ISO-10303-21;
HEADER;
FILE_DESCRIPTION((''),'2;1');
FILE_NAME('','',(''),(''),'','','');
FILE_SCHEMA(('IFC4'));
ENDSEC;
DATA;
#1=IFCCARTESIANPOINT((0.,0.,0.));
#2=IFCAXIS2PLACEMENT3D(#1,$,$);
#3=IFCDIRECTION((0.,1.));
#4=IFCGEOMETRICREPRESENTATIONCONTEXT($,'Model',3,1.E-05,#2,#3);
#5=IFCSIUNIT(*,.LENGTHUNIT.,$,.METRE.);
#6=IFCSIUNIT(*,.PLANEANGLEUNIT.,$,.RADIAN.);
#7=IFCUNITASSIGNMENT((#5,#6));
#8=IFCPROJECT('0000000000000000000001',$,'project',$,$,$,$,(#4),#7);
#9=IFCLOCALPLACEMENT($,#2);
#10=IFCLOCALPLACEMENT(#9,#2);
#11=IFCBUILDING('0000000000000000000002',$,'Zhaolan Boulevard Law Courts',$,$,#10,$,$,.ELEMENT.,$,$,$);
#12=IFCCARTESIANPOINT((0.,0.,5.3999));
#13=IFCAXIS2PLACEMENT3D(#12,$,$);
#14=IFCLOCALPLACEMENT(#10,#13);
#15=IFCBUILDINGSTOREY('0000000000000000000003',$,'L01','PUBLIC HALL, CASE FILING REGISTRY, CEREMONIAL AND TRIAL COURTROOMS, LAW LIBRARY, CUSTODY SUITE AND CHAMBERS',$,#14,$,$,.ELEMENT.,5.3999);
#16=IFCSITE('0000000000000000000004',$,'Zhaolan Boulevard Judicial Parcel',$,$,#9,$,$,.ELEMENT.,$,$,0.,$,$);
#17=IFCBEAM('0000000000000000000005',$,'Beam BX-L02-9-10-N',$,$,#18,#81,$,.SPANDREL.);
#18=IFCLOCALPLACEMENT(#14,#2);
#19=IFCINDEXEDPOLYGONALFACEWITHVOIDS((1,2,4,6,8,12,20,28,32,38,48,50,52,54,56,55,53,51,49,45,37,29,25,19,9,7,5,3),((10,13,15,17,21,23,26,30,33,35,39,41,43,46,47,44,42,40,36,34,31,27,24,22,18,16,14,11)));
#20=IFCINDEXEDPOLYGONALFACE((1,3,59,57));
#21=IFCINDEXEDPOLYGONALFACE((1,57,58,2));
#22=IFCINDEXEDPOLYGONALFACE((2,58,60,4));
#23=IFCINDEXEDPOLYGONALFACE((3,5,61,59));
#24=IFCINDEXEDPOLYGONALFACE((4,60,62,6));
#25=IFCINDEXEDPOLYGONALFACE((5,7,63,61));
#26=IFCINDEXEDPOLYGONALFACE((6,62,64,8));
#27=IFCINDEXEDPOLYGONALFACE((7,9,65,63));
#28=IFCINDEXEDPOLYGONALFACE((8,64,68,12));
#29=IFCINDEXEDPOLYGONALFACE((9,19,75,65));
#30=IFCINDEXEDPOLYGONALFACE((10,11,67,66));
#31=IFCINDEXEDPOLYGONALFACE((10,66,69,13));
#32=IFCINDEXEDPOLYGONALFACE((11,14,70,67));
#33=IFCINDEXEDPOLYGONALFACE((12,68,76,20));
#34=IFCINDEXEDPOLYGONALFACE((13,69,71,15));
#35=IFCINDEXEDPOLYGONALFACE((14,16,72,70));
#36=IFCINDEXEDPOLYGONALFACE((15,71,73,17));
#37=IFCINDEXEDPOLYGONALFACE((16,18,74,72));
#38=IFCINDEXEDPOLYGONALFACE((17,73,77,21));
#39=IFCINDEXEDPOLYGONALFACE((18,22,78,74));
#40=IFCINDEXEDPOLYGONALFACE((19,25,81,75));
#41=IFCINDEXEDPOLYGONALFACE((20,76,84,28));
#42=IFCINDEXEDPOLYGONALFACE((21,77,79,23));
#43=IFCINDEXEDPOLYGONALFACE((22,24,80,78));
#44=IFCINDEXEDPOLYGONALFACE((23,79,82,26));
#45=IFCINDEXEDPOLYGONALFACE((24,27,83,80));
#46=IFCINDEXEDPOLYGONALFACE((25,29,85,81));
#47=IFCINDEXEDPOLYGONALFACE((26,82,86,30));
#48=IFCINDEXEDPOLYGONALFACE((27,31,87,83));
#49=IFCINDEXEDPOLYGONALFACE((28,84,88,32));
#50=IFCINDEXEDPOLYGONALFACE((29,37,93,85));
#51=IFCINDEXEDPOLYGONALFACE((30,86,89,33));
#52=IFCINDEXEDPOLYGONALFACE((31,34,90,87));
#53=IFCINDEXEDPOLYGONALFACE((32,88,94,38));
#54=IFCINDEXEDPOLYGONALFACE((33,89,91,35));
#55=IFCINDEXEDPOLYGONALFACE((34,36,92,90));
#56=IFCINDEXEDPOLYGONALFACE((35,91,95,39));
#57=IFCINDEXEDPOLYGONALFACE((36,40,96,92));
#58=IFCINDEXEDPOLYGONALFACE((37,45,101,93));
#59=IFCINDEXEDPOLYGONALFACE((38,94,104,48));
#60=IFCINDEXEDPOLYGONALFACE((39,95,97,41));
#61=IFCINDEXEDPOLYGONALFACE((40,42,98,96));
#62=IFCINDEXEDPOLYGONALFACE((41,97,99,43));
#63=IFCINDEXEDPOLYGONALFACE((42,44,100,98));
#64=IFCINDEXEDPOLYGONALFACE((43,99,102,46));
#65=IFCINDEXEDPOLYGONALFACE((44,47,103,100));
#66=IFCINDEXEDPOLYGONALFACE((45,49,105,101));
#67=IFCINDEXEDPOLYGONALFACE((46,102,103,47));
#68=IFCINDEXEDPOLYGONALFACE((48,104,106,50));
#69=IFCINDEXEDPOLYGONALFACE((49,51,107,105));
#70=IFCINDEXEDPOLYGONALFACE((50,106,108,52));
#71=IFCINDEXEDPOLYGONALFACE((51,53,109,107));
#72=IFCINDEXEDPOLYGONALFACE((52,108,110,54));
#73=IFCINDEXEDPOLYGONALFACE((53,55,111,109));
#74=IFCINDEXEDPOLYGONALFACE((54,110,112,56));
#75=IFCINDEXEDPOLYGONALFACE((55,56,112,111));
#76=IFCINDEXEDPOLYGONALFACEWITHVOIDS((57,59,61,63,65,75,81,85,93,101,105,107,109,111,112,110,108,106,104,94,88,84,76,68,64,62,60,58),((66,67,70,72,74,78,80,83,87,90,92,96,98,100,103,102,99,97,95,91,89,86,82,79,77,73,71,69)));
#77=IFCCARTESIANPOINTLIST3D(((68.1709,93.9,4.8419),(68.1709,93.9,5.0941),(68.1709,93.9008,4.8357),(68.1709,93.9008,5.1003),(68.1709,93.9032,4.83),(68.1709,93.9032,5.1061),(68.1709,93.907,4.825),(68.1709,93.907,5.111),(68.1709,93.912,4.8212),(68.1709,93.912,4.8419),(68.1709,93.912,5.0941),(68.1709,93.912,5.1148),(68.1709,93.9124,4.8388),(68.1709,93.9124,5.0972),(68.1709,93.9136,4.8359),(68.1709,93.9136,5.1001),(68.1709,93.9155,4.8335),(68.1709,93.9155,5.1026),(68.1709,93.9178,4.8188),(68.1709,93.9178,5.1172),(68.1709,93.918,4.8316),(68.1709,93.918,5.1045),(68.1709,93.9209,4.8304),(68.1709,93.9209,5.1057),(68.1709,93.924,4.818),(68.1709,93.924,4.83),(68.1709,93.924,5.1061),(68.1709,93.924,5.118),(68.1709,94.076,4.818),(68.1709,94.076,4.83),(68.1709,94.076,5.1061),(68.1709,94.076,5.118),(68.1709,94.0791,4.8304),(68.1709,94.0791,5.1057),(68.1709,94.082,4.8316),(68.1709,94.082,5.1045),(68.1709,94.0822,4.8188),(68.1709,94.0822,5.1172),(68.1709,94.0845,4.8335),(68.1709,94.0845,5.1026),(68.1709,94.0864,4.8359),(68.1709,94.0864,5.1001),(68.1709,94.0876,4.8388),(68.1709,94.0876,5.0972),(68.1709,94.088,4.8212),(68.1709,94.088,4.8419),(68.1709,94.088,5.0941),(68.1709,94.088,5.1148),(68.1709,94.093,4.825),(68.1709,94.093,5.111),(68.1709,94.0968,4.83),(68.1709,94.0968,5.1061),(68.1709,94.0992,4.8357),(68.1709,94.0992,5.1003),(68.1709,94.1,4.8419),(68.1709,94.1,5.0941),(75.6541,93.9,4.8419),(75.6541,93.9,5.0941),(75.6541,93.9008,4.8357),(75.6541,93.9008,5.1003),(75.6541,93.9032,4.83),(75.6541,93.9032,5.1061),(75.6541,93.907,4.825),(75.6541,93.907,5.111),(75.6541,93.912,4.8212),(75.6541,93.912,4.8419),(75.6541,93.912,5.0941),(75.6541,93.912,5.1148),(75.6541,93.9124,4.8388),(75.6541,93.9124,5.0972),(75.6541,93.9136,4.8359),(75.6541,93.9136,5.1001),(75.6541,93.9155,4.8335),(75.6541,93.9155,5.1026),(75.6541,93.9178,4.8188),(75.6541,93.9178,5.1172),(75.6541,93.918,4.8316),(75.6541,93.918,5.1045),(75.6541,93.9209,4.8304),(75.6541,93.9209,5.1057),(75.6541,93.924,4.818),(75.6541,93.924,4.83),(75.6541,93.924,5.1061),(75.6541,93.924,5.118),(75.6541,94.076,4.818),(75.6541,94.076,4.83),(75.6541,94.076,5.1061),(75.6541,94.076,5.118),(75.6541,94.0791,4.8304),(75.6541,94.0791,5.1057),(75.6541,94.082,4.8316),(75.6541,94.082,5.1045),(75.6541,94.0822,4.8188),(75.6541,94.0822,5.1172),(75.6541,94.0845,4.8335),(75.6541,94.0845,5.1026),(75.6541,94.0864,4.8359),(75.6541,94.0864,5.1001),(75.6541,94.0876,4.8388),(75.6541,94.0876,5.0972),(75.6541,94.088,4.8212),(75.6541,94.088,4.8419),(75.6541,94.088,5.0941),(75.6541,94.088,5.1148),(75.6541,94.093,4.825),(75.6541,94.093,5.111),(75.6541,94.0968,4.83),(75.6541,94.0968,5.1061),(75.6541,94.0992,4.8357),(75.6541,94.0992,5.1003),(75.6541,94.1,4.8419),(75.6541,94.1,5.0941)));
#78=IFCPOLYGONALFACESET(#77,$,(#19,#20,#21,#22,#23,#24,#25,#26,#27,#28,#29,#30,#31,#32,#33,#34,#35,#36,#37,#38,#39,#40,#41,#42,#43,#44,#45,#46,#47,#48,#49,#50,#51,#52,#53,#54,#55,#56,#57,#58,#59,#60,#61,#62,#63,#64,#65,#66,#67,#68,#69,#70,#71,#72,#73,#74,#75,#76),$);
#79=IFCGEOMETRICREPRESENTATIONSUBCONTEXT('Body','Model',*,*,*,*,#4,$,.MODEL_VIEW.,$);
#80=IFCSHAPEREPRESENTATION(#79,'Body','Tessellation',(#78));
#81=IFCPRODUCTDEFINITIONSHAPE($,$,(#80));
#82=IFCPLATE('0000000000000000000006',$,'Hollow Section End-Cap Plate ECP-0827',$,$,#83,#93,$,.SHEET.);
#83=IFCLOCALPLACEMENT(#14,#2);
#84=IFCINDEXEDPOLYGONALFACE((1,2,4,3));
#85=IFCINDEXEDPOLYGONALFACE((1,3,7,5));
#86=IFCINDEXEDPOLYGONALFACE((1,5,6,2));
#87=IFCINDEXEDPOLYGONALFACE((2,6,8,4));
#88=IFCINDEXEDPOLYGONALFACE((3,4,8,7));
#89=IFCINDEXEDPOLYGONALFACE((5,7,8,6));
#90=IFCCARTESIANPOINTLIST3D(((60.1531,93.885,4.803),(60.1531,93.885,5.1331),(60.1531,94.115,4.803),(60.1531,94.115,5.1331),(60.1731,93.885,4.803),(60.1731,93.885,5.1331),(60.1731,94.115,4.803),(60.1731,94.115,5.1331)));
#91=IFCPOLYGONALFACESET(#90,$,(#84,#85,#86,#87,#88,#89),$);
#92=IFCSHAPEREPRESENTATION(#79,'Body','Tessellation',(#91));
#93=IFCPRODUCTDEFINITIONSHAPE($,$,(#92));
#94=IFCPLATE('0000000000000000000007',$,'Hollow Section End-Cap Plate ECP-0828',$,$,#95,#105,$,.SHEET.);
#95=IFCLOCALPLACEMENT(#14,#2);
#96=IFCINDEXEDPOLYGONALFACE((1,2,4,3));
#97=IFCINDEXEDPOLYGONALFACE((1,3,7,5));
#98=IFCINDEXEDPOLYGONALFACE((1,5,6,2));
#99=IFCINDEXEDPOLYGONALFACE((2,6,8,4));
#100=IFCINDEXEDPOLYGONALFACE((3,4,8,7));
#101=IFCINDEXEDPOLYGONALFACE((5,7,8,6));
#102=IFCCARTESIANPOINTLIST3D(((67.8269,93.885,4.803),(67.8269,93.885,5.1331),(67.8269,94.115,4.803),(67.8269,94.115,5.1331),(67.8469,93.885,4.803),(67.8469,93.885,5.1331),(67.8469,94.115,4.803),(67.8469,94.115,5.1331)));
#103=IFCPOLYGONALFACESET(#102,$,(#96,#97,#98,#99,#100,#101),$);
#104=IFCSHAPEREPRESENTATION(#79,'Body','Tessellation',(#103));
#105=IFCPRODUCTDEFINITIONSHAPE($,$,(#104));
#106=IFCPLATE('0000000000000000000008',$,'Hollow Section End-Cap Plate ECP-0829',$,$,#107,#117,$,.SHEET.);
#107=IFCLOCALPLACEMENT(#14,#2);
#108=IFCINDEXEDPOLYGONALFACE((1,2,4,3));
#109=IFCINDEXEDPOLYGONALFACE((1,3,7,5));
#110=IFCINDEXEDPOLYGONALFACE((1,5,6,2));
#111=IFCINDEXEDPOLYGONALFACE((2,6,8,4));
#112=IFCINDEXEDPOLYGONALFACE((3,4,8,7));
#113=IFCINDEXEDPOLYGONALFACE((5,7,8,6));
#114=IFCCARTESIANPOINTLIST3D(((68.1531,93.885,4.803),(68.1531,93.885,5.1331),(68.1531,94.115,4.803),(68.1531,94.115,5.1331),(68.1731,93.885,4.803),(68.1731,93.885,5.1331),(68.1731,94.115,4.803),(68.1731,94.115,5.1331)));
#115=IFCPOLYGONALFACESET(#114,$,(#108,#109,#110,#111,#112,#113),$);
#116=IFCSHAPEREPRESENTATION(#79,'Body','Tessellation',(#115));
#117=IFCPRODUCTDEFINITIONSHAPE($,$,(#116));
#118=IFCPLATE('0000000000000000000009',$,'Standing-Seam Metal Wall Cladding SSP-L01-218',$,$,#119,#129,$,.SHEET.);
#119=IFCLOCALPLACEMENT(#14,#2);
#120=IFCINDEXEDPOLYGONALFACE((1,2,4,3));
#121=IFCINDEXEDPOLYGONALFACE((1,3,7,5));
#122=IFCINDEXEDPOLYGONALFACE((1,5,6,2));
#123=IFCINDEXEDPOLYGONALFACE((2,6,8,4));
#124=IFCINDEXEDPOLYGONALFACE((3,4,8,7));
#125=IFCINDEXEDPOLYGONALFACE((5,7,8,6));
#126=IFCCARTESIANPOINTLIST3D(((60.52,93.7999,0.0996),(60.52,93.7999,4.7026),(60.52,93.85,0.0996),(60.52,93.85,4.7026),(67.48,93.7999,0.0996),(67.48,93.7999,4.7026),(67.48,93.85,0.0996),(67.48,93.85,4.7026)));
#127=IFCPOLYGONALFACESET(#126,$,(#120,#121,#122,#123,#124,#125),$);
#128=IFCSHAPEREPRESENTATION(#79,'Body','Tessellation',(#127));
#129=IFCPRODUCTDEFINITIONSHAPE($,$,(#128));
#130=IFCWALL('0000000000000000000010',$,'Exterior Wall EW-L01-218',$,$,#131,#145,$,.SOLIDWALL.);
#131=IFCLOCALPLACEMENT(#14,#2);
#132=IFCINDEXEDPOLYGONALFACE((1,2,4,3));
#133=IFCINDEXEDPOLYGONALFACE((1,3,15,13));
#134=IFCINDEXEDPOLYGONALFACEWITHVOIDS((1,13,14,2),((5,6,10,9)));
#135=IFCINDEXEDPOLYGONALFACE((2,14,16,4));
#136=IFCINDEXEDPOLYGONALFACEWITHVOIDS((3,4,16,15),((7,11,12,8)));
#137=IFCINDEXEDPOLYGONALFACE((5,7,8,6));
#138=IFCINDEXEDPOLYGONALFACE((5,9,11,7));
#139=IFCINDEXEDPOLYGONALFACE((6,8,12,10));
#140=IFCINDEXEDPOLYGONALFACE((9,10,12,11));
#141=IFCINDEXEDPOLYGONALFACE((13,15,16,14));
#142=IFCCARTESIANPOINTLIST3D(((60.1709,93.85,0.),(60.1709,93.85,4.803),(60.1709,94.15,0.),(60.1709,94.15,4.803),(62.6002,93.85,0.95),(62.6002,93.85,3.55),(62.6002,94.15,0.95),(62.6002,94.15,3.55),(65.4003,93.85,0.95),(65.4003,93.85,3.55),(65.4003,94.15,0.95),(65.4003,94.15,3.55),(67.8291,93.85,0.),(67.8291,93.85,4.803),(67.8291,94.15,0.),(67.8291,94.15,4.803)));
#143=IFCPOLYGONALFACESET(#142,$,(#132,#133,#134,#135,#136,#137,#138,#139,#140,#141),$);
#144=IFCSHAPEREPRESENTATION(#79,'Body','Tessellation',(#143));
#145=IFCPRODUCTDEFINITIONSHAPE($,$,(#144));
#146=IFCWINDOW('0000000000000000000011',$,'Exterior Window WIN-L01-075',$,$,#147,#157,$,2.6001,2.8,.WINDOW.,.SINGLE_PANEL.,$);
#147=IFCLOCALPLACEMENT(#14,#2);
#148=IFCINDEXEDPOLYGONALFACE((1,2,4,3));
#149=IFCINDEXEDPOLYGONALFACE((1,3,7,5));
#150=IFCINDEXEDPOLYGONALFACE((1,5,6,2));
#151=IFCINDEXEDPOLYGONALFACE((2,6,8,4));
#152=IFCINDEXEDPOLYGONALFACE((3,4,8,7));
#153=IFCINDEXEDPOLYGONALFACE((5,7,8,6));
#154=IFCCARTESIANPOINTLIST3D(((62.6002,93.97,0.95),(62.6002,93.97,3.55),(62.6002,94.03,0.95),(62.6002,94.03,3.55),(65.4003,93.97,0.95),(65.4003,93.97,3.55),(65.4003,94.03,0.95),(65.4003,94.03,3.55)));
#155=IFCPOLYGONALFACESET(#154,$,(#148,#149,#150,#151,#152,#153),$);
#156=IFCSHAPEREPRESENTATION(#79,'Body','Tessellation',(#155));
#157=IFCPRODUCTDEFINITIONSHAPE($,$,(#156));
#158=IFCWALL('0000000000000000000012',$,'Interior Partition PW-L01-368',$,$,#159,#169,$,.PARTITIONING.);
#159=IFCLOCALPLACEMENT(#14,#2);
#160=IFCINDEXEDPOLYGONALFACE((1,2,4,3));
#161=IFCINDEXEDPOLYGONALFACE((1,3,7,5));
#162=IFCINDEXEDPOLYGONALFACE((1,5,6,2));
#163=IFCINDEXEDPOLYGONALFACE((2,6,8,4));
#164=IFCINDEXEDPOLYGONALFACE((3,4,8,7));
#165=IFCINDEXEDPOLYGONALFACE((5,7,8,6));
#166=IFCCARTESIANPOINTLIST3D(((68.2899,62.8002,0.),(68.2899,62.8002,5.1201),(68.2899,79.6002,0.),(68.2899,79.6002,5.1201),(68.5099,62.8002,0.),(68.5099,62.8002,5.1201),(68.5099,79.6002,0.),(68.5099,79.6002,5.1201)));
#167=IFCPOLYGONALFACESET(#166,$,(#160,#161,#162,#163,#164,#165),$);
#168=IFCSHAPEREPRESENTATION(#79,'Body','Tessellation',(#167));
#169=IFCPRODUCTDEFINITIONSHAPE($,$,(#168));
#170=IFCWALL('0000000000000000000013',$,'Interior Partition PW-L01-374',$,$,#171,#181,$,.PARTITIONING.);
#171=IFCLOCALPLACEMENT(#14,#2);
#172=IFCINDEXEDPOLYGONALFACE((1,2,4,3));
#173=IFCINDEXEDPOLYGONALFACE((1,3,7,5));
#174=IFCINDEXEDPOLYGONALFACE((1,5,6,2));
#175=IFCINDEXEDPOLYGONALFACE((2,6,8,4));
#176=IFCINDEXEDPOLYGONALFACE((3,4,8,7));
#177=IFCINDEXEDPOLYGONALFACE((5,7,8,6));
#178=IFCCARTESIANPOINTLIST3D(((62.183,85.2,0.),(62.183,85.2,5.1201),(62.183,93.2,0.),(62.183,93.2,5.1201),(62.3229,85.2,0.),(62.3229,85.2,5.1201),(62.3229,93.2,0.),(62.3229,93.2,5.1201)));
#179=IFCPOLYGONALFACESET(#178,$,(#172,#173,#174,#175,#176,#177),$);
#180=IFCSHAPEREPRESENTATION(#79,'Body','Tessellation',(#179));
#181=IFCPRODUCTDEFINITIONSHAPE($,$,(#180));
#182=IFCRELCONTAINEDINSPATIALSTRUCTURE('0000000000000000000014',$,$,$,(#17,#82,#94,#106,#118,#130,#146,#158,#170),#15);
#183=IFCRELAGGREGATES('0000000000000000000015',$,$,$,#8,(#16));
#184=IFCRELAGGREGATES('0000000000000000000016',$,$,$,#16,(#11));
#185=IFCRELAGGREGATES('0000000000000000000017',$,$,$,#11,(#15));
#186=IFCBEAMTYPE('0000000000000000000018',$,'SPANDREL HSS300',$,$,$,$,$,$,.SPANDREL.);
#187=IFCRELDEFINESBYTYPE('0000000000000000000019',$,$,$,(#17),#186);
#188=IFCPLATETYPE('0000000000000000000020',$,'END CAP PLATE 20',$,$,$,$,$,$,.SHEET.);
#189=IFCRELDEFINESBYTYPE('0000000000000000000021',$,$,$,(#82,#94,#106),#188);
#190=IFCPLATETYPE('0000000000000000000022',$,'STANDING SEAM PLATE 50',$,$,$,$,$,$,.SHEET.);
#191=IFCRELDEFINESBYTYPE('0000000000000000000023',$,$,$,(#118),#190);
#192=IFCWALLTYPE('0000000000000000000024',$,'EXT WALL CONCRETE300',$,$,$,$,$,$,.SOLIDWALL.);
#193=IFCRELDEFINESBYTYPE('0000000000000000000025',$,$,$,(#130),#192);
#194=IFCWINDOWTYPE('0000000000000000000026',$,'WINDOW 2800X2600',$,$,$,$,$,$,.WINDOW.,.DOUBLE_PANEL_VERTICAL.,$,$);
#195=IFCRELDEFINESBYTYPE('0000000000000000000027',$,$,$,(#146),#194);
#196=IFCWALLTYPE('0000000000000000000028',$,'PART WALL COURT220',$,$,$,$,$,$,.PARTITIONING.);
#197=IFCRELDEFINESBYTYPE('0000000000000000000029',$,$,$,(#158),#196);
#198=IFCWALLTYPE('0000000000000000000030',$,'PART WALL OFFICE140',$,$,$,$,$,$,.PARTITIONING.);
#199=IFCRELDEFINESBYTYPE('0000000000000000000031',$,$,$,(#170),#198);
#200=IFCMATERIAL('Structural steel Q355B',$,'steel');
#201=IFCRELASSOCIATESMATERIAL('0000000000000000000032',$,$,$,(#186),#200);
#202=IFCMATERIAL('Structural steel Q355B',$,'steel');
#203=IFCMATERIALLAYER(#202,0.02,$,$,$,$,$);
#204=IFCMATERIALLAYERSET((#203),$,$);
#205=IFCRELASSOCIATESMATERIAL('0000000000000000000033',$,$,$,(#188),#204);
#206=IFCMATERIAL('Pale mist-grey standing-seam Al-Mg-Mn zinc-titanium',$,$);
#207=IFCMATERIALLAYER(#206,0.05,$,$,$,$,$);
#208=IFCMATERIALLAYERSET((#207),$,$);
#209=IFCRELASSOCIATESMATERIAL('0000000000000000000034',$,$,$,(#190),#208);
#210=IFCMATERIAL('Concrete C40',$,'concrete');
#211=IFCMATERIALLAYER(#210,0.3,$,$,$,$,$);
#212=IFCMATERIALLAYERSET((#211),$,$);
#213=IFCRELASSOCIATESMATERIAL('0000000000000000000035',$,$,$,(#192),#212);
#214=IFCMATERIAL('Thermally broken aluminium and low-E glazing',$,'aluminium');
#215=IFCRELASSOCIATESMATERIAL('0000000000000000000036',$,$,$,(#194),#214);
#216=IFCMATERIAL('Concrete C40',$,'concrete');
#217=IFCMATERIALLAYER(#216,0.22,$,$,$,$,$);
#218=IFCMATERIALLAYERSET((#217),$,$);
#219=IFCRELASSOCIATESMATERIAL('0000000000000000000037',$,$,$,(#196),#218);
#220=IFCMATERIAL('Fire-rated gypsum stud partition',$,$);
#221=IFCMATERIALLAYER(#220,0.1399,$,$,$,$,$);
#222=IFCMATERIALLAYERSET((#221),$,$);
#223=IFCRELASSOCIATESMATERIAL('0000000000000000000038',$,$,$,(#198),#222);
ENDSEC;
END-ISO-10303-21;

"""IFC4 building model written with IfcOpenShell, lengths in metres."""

from ifc_helpers import new_model, si_unit, direction, frame, frame_2d, origin, origin_2d, place, context, subcontext, project, spatial, rectangle, hollow_rectangle, extrude, material, layer, layer_set, material_profile, profile_set, type_object, element, fill, save


model = new_model("IFC4")

# Units and contexts
model_context = context("Model", 3, precision=1e-05, world=origin(), true_north=direction((0.0, 1.0)))
body_context = subcontext(model_context, "Body", "Model", "MODEL_VIEW")
ifc_project = project(units=[si_unit("LENGTHUNIT", "METRE"), si_unit("PLANEANGLEUNIT", "RADIAN")], contexts=[model_context])

# Site, building, storey
site_placement = place(None, origin())
site = spatial("IfcSite", under=ifc_project, at=site_placement, Name="Zhaolan Boulevard Judicial Parcel", CompositionType="ELEMENT", RefElevation=0.0)
building_placement = place(site_placement, origin())
building = spatial("IfcBuilding", under=site, at=building_placement, Name="Zhaolan Boulevard Law Courts", CompositionType="ELEMENT")
storey_placement = place(building_placement, frame((0.0, 0.0, 5.3999)))
storey = spatial("IfcBuildingStorey", under=building, at=storey_placement, Name="L01", Description="PUBLIC HALL, CASE FILING REGISTRY, CEREMONIAL AND TRIAL COURTROOMS, LAW LIBRARY, CUSTODY SUITE AND CHAMBERS", CompositionType="ELEMENT", Elevation=5.3999)

# Beam
ifc_material_1 = material(Name="Structural steel Q355B", Category="steel")
ifc_material_profile_1 = material_profile(ifc_material_1, hollow_rectangle(XDim=0.2, YDim=0.3, WallThickness=0.012, InnerFilletRadius=0.012, OuterFilletRadius=0.0239, at=origin_2d()), Name="HSS300x200x12")
ifc_profile_set_1 = profile_set([ifc_material_profile_1], Name="Structural steel Q355B")
beam_type_1 = type_object("IfcBeamType", Name="SPANDREL HSS300", PredefinedType="SPANDREL", material=ifc_profile_set_1)
beam_1_placement = place(storey_placement, frame((68.1709, 94.0, 4.968), z_axis=(1.0, 0.0, 0.0), x_axis=(0.0, 1.0, 0.0)))
element("IfcBeam", 1, at=beam_1_placement, inside=storey, type_object=beam_type_1, Name="Beam BX-L02-9-10-N", PredefinedType="SPANDREL", context=body_context, shape_type="SweptSolid", body=[
    extrude(hollow_rectangle(XDim=0.2, YDim=0.3, WallThickness=0.012, InnerFilletRadius=0.012, OuterFilletRadius=0.0239, at=origin_2d()), origin(), (0.0, 0.0, 1.0), 7.4832),
])

# Plates
ifc_material_2 = material(Name="Structural steel Q355B", Category="steel")
ifc_layer_1 = layer(ifc_material_2, 0.02)
ifc_layer_set_1 = layer_set([ifc_layer_1])
plate_type_1 = type_object("IfcPlateType", Name="END CAP PLATE 20", PredefinedType="SHEET", material=ifc_layer_set_1)
for number, where, z_axis, x_axis, name in (
    (2, (60.1631, 94.0, 4.803), (0.0, 0.0, 1.0), (1.0, 0.0, 0.0), "Hollow Section End-Cap Plate ECP-0827"),
    (3, (67.8369, 94.0, 4.803), (0.0, 0.0, 1.0), (1.0, 0.0, 0.0), "Hollow Section End-Cap Plate ECP-0828"),
    (4, (68.1631, 94.0, 4.803), (0.0, 0.0, 1.0), (1.0, 0.0, 0.0), "Hollow Section End-Cap Plate ECP-0829"),
):
    element("IfcPlate", number, at=place(storey_placement, frame(where, z_axis=z_axis, x_axis=x_axis)), inside=storey, type_object=plate_type_1, Name=name, PredefinedType="SHEET", context=body_context, shape_type="SweptSolid", body=[
        extrude(rectangle(XDim=0.02, YDim=0.23, at=origin_2d()), origin(), (0.0, 0.0, 1.0), 0.3301),
    ])
ifc_material_3 = material(Name="Pale mist-grey standing-seam Al-Mg-Mn zinc-titanium")
ifc_layer_2 = layer(ifc_material_3, 0.05)
ifc_layer_set_2 = layer_set([ifc_layer_2])
plate_type_2 = type_object("IfcPlateType", Name="STANDING SEAM PLATE 50", PredefinedType="SHEET", material=ifc_layer_set_2)
plate_placement = place(storey_placement, frame((64.0, 93.825, 0.0996), z_axis=(0.0, 0.0, 1.0), x_axis=(-1.0, 0.0, 0.0)))
element("IfcPlate", 5, at=plate_placement, inside=storey, type_object=plate_type_2, Name="Standing-Seam Metal Wall Cladding SSP-L01-218", PredefinedType="SHEET", context=body_context, shape_type="SweptSolid", body=[
    extrude(rectangle(XDim=6.96, YDim=0.05, at=origin_2d()), origin(), (0.0, 0.0, 1.0), 4.603),
])

# Wall, opening, window
ifc_material_4 = material(Name="Concrete C40", Category="concrete")
ifc_layer_3 = layer(ifc_material_4, 0.3)
ifc_layer_set_3 = layer_set([ifc_layer_3])
wall_type_1 = type_object("IfcWallType", Name="EXT WALL CONCRETE300", PredefinedType="SOLIDWALL", material=ifc_layer_set_3)
wall_1_placement = place(storey_placement, frame((67.8291, 94.0, 0.0), z_axis=(0.0, 0.0, 1.0), x_axis=(-1.0, 0.0, 0.0)))
wall_1 = element("IfcWall", 6, at=wall_1_placement, inside=storey, type_object=wall_type_1, Name="Exterior Wall EW-L01-218", PredefinedType="SOLIDWALL", context=body_context, shape_type="SweptSolid", body=[
    extrude(rectangle(XDim=7.6582, YDim=0.3, at=frame_2d((3.8291, 0.0))), origin(), (0.0, 0.0, 1.0), 4.803),
])
opening_1_placement = place(wall_1_placement, frame((2.429, 0.0, 0.95)))
opening_1 = element("IfcOpeningElement", 7, at=opening_1_placement, cuts=wall_1, PredefinedType="OPENING", context=body_context, shape_type="SweptSolid", body=[
    extrude(rectangle(XDim=2.8, YDim=2.6001, at=frame_2d((1.3999, 1.3))), frame((0.0, 0.1599, 0.0), z_axis=(0.0, -1.0, 0.0), x_axis=(1.0, 0.0, 0.0)), (0.0, 0.0, 1.0), 0.3201),
])
ifc_material_5 = material(Name="Thermally broken aluminium and low-E glazing", Category="aluminium")
window_type = type_object("IfcWindowType", Name="WINDOW 2800X2600", PartitioningType="DOUBLE_PANEL_VERTICAL", PredefinedType="WINDOW", material=ifc_material_5)
window_placement = place(opening_1_placement, origin())
window = element("IfcWindow", 8, at=window_placement, inside=storey, type_object=window_type, Name="Exterior Window WIN-L01-075", OverallHeight=2.6001, OverallWidth=2.8, PartitioningType="SINGLE_PANEL", PredefinedType="WINDOW", context=body_context, shape_type="SweptSolid", body=[
    extrude(rectangle(XDim=2.8, YDim=2.6001, at=frame_2d((1.3999, 1.3))), frame((0.0, 0.03, 0.0), z_axis=(0.0, -1.0, 0.0), x_axis=(1.0, 0.0, 0.0)), (0.0, 0.0, 1.0), 0.0601),
])
fill(opening_1, window)

# Walls
ifc_material_6 = material(Name="Concrete C40", Category="concrete")
ifc_layer_4 = layer(ifc_material_6, 0.22)
ifc_layer_set_4 = layer_set([ifc_layer_4])
wall_type_2 = type_object("IfcWallType", Name="PART WALL COURT220", PredefinedType="PARTITIONING", material=ifc_layer_set_4)
wall_2_placement = place(storey_placement, frame((68.3999, 79.6001, 0.0), z_axis=(0.0, 0.0, 1.0), x_axis=(0.0, -1.0, 0.0)))
element("IfcWall", 9, at=wall_2_placement, inside=storey, type_object=wall_type_2, Name="Interior Partition PW-L01-368", PredefinedType="PARTITIONING", context=body_context, shape_type="SweptSolid", body=[
    extrude(rectangle(XDim=16.8, YDim=0.22, at=frame_2d((8.3999, 0.0))), origin(), (0.0, 0.0, 1.0), 5.1201),
])
ifc_material_7 = material(Name="Fire-rated gypsum stud partition")
ifc_layer_5 = layer(ifc_material_7, 0.1399)
ifc_layer_set_5 = layer_set([ifc_layer_5])
wall_type_3 = type_object("IfcWallType", Name="PART WALL OFFICE140", PredefinedType="PARTITIONING", material=ifc_layer_set_5)
wall_3_placement = place(storey_placement, frame((62.2529, 85.2, 0.0), z_axis=(0.0, 0.0, 1.0), x_axis=(0.0, 1.0, 0.0)))
element("IfcWall", 10, at=wall_3_placement, inside=storey, type_object=wall_type_3, Name="Interior Partition PW-L01-374", PredefinedType="PARTITIONING", context=body_context, shape_type="SweptSolid", body=[
    extrude(rectangle(XDim=8.0, YDim=0.1399, at=frame_2d((4.0, 0.0))), origin(), (0.0, 0.0, 1.0), 5.1201),
])

save(model, "model.ifc")
